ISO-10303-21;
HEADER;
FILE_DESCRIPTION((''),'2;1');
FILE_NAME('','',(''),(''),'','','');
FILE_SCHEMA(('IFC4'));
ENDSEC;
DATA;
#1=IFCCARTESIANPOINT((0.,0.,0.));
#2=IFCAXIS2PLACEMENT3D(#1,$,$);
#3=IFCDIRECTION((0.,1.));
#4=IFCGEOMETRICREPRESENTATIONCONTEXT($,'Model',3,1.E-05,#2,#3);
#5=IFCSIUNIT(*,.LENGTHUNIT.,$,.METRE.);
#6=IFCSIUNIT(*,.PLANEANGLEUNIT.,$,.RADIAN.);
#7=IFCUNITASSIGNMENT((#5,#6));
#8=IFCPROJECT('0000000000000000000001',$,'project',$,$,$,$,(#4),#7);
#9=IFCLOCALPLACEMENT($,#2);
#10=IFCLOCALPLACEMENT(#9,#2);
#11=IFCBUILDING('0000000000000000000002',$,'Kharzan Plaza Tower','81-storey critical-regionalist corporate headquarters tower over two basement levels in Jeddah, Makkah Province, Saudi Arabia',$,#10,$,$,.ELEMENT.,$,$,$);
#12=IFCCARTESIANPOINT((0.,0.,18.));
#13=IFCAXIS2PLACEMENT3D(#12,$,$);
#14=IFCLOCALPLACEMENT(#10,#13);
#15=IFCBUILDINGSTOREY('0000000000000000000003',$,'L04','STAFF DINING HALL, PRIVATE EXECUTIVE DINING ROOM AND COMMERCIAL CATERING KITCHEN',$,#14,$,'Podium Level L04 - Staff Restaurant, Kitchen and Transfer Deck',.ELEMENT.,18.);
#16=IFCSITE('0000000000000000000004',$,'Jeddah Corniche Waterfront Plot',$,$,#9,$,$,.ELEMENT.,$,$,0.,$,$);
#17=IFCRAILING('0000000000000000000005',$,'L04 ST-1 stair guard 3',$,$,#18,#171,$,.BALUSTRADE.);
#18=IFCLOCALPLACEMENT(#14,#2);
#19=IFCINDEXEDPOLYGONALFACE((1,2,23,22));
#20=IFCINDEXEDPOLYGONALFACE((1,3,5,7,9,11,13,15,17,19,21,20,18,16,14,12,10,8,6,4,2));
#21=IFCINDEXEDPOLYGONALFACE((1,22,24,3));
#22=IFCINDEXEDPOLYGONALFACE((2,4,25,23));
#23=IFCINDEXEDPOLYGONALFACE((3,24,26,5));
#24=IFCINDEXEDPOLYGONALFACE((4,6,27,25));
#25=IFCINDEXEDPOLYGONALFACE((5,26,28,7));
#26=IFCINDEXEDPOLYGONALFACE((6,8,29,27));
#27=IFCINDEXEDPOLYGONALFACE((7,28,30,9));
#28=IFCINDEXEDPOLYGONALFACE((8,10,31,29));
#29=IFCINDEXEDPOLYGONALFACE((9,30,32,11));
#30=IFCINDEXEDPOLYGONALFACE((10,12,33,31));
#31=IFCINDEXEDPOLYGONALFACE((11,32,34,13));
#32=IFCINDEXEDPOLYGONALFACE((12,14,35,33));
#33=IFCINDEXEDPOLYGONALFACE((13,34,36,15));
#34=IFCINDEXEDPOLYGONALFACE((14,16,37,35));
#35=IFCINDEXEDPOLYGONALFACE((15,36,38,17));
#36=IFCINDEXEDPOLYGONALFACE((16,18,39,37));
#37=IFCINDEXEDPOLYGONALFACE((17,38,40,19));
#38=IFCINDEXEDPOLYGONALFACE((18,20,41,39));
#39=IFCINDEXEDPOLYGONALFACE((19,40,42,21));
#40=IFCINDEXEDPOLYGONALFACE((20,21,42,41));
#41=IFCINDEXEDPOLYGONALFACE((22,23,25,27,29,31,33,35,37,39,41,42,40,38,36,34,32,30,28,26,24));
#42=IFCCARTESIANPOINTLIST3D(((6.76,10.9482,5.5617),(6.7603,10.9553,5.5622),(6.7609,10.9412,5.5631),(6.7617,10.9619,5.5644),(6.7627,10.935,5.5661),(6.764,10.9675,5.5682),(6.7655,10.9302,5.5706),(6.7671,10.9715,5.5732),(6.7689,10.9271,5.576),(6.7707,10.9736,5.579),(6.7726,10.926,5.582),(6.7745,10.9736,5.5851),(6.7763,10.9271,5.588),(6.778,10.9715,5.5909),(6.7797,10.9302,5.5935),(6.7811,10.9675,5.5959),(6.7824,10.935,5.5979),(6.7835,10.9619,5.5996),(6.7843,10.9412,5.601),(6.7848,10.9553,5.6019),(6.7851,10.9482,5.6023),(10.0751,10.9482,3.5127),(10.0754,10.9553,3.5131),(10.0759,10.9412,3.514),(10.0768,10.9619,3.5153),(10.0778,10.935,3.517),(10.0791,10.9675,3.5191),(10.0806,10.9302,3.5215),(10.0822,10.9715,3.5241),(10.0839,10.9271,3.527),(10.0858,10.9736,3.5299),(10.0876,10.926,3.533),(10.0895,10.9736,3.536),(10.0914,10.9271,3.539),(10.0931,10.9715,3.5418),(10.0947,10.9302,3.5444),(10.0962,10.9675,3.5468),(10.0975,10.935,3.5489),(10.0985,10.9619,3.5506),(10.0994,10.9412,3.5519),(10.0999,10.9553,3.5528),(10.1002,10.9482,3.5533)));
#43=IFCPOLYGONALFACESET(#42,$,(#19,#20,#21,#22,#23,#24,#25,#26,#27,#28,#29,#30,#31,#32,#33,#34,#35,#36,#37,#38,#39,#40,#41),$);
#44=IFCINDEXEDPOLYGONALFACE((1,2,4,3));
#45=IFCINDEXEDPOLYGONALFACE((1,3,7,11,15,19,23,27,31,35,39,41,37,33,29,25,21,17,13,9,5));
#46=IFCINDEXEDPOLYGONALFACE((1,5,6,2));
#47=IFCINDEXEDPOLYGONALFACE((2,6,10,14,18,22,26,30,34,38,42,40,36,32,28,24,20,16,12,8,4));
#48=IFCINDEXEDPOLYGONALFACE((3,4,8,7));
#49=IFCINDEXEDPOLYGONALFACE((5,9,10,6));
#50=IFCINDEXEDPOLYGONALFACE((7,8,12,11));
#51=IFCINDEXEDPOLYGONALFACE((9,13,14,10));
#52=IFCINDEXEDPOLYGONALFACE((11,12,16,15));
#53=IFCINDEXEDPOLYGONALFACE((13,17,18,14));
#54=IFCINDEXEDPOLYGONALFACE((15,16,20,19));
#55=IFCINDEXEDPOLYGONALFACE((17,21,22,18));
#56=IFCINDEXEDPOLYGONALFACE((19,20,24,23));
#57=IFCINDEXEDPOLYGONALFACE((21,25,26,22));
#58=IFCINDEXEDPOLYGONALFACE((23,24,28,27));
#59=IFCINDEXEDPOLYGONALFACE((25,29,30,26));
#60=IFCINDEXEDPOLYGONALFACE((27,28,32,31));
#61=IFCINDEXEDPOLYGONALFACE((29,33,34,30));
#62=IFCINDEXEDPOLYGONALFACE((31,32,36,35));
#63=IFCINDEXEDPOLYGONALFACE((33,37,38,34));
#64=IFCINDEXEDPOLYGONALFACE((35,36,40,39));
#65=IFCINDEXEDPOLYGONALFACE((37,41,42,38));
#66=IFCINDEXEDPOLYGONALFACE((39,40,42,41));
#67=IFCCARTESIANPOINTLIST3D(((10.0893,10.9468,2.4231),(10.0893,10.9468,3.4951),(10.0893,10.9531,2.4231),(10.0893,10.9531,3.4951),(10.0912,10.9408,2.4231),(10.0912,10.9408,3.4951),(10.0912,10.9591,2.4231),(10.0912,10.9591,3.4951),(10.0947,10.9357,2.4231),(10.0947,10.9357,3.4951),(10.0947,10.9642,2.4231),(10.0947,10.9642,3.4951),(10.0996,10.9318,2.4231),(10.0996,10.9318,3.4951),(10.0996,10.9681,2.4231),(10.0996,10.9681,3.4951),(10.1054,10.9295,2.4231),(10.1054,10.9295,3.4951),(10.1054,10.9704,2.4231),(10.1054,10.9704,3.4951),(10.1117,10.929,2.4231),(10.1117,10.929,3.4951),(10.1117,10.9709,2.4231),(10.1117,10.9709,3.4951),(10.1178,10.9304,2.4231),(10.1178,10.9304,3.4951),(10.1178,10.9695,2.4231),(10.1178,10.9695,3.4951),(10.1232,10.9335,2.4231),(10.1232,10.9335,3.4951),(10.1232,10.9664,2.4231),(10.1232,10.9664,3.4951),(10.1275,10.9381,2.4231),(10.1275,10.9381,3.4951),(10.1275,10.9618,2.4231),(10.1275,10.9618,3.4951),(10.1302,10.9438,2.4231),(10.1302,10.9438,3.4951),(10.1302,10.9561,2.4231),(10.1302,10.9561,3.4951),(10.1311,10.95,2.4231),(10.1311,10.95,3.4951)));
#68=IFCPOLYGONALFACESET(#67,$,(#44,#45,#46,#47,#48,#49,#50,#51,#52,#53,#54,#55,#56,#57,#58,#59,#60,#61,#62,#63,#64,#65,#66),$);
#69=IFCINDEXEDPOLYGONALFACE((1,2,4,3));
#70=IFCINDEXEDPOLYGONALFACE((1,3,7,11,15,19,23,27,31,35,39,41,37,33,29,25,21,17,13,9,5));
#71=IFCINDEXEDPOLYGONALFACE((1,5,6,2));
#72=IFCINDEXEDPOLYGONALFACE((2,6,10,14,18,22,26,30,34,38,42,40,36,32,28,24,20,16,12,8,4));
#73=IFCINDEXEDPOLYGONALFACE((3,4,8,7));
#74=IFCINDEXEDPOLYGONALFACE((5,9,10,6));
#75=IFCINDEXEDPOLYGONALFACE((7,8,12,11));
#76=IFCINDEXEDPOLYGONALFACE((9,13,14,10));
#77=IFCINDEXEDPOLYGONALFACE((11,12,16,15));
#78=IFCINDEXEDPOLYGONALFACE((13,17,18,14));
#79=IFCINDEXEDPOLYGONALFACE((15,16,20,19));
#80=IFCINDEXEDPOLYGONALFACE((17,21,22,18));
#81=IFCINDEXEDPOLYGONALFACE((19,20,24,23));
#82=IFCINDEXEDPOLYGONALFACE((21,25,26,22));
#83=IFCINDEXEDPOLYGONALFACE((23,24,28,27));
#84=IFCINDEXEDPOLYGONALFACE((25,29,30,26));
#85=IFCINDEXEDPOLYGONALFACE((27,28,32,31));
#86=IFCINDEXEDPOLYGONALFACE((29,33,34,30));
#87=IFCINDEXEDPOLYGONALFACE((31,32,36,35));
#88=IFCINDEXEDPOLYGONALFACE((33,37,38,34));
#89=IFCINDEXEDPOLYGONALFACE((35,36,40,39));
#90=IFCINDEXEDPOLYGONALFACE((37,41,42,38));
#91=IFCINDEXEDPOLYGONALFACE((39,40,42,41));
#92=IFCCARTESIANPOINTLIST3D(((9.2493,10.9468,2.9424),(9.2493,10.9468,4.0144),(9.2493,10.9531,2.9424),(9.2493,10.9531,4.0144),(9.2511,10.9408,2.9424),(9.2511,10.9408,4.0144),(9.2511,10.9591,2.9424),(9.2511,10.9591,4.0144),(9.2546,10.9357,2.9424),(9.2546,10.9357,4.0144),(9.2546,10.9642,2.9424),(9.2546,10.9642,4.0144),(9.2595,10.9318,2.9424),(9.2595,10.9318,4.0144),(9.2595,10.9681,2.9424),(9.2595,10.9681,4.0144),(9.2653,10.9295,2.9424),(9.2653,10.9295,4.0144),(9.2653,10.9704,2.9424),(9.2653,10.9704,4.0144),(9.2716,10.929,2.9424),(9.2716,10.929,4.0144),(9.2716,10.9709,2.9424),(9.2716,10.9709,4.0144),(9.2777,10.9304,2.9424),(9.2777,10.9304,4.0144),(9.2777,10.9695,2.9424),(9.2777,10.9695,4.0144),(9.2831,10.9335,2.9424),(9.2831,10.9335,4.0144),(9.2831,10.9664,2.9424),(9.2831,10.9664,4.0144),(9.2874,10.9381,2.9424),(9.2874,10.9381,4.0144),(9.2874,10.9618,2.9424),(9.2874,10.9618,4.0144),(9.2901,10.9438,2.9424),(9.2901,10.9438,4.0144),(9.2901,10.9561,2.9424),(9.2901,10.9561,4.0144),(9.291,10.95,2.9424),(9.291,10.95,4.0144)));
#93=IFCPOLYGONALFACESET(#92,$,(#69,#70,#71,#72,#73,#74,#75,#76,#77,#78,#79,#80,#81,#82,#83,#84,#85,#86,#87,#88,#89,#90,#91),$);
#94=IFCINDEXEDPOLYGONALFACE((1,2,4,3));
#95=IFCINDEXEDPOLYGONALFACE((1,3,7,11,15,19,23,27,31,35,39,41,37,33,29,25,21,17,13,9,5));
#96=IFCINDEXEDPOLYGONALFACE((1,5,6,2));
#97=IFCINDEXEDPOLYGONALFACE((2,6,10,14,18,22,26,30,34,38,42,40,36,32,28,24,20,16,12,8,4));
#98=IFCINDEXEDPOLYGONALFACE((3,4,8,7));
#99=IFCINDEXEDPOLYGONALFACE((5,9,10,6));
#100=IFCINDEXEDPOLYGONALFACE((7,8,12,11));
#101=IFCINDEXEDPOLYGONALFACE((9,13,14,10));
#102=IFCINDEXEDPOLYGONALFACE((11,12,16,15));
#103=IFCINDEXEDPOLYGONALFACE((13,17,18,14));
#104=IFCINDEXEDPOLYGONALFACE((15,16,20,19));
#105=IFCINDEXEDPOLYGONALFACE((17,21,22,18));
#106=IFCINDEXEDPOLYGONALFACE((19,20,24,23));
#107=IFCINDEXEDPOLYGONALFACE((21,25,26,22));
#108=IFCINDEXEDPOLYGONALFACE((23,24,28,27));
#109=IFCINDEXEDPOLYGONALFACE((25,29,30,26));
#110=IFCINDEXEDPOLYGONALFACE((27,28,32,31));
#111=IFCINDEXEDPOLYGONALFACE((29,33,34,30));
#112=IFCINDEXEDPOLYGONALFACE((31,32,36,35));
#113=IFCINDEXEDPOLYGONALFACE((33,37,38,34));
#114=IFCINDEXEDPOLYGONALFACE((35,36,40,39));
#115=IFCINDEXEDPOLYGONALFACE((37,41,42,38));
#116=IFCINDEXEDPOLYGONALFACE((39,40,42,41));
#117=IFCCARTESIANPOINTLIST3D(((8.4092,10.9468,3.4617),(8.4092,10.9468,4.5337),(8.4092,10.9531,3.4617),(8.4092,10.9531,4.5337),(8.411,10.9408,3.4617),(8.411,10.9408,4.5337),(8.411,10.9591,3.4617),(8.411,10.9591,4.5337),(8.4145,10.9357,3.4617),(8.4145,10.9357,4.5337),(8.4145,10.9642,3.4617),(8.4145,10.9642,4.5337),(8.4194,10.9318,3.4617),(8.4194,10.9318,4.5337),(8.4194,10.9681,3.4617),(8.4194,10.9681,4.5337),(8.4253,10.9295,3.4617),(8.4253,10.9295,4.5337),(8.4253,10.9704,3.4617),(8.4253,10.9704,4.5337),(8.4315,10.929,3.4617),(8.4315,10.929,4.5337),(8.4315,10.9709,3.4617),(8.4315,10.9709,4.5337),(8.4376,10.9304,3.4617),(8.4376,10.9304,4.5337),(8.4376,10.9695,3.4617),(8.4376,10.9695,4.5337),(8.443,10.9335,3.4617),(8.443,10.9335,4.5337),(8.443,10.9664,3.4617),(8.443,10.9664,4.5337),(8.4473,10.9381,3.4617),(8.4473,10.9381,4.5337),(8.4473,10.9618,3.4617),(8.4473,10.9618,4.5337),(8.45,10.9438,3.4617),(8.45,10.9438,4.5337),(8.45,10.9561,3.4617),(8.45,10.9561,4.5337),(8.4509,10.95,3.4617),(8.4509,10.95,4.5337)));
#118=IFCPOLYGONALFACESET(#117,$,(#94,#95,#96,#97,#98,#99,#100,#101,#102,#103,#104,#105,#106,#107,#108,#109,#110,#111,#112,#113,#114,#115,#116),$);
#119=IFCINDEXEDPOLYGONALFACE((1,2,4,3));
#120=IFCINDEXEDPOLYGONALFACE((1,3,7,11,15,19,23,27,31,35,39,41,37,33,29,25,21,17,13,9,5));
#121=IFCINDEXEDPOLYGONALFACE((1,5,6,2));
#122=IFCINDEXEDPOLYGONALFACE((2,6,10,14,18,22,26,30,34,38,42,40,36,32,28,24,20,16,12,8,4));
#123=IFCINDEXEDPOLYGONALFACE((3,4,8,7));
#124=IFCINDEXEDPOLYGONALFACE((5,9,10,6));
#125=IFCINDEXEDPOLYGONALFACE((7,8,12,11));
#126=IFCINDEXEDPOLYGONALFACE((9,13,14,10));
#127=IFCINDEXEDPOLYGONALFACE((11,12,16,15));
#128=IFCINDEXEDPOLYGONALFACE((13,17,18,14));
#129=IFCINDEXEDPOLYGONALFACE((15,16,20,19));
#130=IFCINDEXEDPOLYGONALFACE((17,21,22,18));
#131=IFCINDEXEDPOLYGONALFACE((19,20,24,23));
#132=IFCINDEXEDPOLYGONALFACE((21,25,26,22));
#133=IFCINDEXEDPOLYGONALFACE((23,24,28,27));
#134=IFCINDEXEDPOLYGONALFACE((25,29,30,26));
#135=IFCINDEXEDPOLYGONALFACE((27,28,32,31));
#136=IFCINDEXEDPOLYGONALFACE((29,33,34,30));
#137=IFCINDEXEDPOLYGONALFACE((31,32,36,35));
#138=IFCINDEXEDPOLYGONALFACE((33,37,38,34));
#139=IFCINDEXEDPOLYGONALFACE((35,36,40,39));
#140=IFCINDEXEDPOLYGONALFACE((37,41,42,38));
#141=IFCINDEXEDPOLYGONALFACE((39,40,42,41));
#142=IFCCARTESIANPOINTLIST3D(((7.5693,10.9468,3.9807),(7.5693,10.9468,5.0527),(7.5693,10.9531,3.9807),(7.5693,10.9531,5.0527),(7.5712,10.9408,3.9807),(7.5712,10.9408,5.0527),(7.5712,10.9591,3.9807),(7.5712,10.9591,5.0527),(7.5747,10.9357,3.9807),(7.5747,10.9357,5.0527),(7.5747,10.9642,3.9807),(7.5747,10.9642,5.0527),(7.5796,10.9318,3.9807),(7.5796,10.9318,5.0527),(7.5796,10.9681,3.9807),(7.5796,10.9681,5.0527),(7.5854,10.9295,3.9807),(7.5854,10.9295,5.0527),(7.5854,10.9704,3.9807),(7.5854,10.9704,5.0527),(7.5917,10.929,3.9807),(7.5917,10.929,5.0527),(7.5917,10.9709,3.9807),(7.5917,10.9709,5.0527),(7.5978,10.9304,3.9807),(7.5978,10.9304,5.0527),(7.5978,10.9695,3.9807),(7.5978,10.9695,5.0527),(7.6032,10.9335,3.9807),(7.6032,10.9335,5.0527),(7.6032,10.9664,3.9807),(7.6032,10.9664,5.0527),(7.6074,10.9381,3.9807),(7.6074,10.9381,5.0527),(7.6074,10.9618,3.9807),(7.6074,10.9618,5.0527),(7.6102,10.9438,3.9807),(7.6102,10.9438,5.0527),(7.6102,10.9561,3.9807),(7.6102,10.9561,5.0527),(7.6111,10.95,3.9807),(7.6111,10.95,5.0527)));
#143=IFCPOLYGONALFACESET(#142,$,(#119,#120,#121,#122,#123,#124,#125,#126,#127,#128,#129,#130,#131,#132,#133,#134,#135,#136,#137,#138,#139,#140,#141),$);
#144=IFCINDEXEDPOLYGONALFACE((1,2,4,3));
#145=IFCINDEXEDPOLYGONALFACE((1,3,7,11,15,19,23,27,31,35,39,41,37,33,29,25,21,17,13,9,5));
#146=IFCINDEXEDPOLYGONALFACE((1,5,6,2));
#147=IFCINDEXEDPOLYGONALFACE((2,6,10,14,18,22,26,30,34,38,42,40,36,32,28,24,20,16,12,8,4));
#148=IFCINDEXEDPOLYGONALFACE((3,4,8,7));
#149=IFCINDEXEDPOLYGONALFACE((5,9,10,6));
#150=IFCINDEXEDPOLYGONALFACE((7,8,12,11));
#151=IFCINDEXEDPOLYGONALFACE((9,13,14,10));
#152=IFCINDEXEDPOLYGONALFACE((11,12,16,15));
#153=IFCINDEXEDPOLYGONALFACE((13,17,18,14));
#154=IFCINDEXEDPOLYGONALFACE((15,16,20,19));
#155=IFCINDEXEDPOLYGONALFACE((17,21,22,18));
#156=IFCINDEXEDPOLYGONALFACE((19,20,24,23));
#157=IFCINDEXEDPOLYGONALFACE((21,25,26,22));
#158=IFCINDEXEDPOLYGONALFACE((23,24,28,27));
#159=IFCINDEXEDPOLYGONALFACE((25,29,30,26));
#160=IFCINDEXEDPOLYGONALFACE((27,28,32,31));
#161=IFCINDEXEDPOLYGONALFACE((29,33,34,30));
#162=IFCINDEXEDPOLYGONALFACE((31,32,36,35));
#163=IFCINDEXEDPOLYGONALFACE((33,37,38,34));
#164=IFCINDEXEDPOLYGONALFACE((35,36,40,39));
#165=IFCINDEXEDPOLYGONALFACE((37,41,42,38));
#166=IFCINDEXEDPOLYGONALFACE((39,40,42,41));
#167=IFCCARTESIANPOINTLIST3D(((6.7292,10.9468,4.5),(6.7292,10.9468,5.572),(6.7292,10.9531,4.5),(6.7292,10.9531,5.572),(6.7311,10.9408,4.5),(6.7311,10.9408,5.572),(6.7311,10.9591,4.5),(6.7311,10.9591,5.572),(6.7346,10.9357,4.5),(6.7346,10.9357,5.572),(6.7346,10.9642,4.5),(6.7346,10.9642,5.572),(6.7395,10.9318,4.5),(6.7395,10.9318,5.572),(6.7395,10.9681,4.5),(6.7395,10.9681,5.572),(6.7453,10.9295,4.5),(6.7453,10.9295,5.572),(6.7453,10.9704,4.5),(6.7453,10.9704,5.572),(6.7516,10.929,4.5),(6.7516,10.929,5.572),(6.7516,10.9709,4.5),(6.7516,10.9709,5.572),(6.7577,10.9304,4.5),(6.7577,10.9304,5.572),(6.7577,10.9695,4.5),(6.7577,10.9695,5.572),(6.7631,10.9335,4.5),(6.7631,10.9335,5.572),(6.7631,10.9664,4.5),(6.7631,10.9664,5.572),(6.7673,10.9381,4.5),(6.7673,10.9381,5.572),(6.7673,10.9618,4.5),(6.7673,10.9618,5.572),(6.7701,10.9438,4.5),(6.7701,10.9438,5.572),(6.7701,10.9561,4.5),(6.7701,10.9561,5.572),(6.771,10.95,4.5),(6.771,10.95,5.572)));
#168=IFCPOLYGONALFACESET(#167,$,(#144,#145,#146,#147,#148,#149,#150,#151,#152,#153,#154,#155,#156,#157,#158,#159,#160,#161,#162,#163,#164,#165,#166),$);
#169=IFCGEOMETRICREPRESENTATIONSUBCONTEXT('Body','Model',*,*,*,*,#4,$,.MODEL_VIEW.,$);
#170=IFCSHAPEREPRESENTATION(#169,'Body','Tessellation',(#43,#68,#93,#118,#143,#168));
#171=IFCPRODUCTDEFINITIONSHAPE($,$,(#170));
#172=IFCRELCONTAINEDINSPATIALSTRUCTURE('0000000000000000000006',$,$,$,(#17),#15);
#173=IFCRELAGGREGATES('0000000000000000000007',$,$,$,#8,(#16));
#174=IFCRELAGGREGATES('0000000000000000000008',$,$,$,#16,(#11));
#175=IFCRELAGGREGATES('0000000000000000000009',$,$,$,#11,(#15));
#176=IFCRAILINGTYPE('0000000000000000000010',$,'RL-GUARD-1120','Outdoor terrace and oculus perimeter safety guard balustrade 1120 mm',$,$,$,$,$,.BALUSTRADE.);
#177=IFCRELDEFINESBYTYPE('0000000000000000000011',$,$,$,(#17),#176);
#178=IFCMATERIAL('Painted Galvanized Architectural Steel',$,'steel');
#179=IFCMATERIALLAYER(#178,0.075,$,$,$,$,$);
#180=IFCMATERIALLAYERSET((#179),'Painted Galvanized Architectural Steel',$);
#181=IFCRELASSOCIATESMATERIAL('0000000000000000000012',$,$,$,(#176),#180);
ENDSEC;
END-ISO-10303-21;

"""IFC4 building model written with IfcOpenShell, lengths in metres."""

from ifc_helpers import new_model, si_unit, direction, frame, origin, origin_2d, place, context, subcontext, project, spatial, circle, extrude, source, transform, mapped, material, layer, layer_set, type_object, element, save


model = new_model("IFC4")

# Units and contexts
model_context = context("Model", 3, precision=1e-05, world=origin(), true_north=direction((0.0, 1.0)))
body_context = subcontext(model_context, "Body", "Model", "MODEL_VIEW")
ifc_project = project(units=[si_unit("LENGTHUNIT", "METRE"), si_unit("PLANEANGLEUNIT", "RADIAN")], contexts=[model_context])

# Site, building, storey
site_placement = place(None, origin())
site = spatial("IfcSite", under=ifc_project, at=site_placement, Name="Jeddah Corniche Waterfront Plot", CompositionType="ELEMENT", RefElevation=0.0)
building_placement = place(site_placement, origin())
building = spatial("IfcBuilding", under=site, at=building_placement, Name="Kharzan Plaza Tower", Description="81-storey critical-regionalist corporate headquarters tower over two basement levels in Jeddah, Makkah Province, Saudi Arabia", CompositionType="ELEMENT")
storey_placement = place(building_placement, frame((0.0, 0.0, 18.0)))
storey = spatial("IfcBuildingStorey", under=building, at=storey_placement, Name="L04", Description="STAFF DINING HALL, PRIVATE EXECUTIVE DINING ROOM AND COMMERCIAL CATERING KITCHEN", LongName="Podium Level L04 - Staff Restaurant, Kitchen and Transfer Deck", CompositionType="ELEMENT", Elevation=18.0)

# Railing
ifc_material_1 = material(Name="Painted Galvanized Architectural Steel", Category="steel")
ifc_layer_1 = layer(ifc_material_1, 0.075)
ifc_layer_set_1 = layer_set([ifc_layer_1], Name="Painted Galvanized Architectural Steel")
railing_type_1 = type_object("IfcRailingType", Name="RL-GUARD-1120", Description="Outdoor terrace and oculus perimeter safety guard balustrade 1120 mm", PredefinedType="BALUSTRADE", material=ifc_layer_set_1)
shared_shape_1 = source(origin(), body_context, "Body", "SweptSolid", [
    extrude(circle(Radius=0.0239, at=origin_2d()), frame((-0.0225, 0.0, 1.1099), z_axis=(-0.850623, 0.0, 0.525776), x_axis=(0.0, -1.0, 0.0)), (0.0, 0.0, 1.0), 3.8972),
    extrude(circle(Radius=0.021, at=origin_2d()), origin(), (0.0, 0.0, 1.0), 1.072),
    extrude(circle(Radius=0.021, at=origin_2d()), frame((-0.8401, 0.0, 0.5193)), (0.0, 0.0, 1.0), 1.072),
    extrude(circle(Radius=0.021, at=origin_2d()), frame((-1.6802, 0.0, 1.0386)), (0.0, 0.0, 1.0), 1.072),
    extrude(circle(Radius=0.021, at=origin_2d()), frame((-2.52, 0.0, 1.5576)), (0.0, 0.0, 1.0), 1.072),
    extrude(circle(Radius=0.021, at=origin_2d()), frame((-3.3601, 0.0, 2.0769)), (0.0, 0.0, 1.0), 1.072),
])
railing_1_placement = place(storey_placement, frame((10.1101, 10.95, 2.4231)))
element("IfcRailing", 1, at=railing_1_placement, inside=storey, type_object=railing_type_1, Name="L04 ST-1 stair guard 3", PredefinedType="BALUSTRADE", context=body_context, shape_type="MappedRepresentation", body=[
    mapped(shared_shape_1, transform((0.0, 0.0, 0.0), x_axis=(1.0, 0.0, 0.0), y_axis=(0.0, 1.0, 0.0), z_axis=(0.0, 0.0, 1.0))),
])

save(model, "model.ifc")
